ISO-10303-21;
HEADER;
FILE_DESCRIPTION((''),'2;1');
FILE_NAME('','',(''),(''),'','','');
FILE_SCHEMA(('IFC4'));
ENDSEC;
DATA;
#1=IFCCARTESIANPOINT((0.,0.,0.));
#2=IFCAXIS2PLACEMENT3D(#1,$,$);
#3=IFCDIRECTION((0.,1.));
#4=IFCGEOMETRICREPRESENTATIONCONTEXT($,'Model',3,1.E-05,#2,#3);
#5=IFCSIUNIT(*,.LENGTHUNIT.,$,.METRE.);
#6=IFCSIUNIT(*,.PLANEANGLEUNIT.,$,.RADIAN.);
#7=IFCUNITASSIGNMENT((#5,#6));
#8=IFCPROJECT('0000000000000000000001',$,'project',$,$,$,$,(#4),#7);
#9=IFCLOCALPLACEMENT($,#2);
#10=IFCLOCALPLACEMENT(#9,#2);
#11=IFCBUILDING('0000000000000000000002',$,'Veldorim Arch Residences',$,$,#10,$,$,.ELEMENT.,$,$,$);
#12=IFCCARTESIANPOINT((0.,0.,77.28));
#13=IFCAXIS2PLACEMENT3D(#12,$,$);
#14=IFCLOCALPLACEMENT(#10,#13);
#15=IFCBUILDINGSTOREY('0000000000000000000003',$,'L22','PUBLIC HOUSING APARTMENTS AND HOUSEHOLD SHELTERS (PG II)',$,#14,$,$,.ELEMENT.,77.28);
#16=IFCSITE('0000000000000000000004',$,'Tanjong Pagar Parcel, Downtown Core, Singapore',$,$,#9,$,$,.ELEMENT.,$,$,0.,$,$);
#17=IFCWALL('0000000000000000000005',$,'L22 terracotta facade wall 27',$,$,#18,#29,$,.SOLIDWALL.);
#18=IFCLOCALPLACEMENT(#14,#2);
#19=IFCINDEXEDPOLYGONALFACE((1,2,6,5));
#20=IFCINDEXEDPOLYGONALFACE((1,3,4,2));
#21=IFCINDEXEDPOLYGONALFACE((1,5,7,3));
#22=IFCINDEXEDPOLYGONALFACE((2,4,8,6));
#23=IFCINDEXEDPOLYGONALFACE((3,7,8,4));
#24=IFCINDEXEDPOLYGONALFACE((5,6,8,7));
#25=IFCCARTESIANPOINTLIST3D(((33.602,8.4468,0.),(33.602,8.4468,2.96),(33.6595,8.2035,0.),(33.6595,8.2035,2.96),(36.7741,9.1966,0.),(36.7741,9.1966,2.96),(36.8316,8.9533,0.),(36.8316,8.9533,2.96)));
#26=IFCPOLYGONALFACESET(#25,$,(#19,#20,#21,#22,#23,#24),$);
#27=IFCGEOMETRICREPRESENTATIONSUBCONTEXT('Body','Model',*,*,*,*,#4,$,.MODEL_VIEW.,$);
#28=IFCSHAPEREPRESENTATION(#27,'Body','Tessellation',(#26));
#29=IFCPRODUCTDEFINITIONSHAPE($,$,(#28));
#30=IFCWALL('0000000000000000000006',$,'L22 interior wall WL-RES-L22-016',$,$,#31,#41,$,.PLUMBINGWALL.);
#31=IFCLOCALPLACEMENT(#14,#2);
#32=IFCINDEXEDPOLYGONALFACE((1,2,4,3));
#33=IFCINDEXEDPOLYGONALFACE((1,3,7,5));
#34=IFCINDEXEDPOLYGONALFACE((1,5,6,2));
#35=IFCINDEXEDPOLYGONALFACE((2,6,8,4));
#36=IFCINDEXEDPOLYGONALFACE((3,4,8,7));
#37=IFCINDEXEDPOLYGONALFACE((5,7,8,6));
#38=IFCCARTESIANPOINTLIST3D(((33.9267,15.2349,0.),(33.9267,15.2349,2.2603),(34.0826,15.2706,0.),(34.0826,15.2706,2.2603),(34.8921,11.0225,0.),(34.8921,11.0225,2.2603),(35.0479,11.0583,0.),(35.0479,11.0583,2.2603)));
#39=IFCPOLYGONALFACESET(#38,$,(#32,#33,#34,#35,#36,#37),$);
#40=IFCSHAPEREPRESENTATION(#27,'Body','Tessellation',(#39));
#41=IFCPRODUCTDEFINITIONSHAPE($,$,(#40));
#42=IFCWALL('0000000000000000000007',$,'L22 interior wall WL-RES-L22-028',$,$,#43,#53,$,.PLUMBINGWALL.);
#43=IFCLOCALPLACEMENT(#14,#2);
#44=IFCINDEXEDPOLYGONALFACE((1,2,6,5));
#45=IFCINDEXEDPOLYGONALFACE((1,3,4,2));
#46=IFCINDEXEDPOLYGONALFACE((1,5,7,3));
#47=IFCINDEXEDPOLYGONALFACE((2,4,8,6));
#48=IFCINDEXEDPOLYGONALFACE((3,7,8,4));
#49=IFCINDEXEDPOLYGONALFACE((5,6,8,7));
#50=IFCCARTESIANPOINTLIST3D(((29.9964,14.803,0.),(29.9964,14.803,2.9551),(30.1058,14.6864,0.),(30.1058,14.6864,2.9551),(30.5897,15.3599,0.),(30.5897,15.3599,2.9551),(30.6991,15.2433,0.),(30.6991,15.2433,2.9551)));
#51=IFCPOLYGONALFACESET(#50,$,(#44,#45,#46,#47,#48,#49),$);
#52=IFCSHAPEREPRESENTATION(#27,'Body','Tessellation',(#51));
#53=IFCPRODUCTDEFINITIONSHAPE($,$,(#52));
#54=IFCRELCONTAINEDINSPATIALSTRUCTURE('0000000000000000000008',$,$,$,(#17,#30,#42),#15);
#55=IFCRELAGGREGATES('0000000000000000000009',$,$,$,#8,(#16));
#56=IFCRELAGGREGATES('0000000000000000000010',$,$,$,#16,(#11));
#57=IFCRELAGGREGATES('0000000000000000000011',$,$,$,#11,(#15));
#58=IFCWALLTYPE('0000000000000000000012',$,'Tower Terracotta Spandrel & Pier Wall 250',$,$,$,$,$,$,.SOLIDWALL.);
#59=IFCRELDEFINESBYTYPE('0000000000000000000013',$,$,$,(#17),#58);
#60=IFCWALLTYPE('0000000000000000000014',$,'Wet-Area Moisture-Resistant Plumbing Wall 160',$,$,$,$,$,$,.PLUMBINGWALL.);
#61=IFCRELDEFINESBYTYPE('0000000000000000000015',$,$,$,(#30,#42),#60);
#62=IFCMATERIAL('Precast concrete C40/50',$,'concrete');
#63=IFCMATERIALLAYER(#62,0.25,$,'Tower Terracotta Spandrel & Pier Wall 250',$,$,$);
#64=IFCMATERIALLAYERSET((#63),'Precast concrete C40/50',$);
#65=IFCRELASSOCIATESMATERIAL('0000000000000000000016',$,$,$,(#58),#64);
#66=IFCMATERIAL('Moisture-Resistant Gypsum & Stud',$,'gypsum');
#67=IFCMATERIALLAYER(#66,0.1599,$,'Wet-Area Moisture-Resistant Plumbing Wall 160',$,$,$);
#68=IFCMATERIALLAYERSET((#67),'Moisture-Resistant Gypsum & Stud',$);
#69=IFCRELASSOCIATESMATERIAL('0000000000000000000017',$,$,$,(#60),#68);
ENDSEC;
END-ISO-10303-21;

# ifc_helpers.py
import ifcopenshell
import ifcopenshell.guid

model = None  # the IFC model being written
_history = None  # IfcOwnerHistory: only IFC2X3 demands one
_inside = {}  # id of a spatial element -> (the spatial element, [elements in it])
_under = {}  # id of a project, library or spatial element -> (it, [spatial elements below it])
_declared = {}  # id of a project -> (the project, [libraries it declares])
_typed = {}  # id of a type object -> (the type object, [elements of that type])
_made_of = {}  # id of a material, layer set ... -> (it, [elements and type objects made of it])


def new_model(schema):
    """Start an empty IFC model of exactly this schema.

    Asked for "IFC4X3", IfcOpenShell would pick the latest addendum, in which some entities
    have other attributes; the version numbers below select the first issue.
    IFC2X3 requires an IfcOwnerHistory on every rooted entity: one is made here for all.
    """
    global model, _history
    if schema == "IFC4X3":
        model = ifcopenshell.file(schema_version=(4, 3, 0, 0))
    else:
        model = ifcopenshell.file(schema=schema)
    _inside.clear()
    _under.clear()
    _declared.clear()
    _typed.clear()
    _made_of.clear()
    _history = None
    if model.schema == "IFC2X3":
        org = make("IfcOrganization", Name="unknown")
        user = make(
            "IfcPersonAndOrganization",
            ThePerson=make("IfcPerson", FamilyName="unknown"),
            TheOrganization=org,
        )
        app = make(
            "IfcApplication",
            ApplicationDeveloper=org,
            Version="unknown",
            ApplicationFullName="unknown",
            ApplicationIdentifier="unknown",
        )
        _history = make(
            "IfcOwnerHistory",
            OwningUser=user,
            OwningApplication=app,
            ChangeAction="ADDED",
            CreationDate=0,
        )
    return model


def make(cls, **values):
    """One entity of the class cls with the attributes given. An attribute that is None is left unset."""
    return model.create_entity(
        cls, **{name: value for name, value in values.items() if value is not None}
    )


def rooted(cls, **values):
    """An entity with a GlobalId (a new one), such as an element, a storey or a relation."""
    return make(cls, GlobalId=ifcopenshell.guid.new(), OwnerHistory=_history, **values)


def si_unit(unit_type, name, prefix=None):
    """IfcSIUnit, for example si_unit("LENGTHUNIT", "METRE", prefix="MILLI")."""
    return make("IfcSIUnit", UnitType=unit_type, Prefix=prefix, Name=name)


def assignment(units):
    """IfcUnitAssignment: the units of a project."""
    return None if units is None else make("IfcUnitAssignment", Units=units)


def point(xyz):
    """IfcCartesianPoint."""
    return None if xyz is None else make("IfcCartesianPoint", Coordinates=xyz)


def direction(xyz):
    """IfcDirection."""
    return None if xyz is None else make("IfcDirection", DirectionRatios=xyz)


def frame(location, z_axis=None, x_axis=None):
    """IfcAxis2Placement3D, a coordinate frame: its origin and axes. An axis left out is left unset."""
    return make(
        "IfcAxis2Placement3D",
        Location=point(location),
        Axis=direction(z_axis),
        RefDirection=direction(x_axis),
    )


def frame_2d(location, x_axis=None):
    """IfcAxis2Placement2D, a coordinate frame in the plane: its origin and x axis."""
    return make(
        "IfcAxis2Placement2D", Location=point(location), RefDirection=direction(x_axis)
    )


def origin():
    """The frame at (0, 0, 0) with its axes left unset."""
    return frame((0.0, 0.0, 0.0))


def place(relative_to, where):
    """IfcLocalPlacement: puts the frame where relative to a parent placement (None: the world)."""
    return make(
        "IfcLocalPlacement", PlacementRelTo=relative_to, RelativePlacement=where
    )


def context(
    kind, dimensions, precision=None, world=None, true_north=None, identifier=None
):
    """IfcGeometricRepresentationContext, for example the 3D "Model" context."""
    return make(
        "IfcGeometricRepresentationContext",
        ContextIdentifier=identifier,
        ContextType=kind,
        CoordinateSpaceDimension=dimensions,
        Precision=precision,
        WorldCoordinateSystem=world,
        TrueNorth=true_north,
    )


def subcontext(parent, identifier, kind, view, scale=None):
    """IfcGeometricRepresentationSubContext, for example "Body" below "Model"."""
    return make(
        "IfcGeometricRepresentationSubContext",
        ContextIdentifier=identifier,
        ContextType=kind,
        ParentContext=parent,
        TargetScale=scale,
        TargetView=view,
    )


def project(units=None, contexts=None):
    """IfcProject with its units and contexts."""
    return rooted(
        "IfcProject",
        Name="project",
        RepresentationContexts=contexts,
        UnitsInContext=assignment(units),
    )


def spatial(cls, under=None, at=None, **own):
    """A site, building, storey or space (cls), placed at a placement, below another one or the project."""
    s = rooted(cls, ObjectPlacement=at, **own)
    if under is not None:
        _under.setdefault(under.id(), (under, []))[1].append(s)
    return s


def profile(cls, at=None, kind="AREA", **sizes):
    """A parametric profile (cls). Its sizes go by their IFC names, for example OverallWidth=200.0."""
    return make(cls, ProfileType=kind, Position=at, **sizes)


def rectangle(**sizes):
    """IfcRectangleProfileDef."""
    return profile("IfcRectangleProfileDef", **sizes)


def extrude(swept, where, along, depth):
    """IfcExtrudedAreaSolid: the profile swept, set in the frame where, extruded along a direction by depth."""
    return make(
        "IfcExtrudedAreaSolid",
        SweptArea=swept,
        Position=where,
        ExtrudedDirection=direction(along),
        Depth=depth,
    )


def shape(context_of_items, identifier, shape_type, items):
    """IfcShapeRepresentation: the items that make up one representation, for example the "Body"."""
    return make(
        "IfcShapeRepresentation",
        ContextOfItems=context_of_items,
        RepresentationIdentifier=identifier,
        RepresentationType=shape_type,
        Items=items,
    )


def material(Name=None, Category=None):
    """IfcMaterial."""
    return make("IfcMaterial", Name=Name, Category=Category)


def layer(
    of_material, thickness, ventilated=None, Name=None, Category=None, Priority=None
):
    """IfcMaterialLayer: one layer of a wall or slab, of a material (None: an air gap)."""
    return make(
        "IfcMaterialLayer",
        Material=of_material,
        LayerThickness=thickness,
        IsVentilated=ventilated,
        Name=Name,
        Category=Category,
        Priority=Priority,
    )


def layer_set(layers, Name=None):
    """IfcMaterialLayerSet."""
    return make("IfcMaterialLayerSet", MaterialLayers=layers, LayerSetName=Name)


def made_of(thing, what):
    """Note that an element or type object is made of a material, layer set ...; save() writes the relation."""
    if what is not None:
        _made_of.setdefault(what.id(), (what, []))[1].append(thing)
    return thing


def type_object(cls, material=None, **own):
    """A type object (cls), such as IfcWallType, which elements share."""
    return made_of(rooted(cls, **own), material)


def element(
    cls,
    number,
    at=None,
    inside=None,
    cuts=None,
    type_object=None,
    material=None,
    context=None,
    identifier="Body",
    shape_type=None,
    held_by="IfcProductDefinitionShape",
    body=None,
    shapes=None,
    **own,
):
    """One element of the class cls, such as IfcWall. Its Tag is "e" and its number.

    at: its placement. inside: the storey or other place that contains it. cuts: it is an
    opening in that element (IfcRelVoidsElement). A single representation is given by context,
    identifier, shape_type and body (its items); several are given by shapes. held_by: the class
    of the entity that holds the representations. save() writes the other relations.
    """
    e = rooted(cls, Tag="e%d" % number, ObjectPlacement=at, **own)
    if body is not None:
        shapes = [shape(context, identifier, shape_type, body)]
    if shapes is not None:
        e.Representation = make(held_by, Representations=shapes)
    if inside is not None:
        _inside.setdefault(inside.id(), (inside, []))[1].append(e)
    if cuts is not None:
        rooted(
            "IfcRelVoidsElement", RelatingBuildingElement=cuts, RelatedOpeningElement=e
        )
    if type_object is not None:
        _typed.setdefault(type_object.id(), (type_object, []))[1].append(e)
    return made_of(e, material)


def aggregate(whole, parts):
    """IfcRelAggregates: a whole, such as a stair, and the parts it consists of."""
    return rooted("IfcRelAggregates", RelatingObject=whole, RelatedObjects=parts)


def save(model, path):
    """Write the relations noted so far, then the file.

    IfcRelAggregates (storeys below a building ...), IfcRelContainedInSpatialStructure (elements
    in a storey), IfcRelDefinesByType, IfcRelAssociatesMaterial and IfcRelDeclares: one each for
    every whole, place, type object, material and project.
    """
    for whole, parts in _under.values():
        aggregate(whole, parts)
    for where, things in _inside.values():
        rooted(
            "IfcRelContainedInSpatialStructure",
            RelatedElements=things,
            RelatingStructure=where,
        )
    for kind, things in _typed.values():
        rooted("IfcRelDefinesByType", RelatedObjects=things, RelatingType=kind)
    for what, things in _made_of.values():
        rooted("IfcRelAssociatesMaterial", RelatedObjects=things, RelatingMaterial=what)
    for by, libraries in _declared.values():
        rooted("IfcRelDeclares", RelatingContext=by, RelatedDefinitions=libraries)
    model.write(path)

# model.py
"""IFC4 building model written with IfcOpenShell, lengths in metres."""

from ifc_helpers import new_model, si_unit, direction, frame, frame_2d, origin, place, context, subcontext, project, spatial, rectangle, extrude, material, layer, layer_set, type_object, element, save


model = new_model("IFC4")

# Units and contexts
model_context = context("Model", 3, precision=1e-05, world=origin(), true_north=direction((0.0, 1.0)))
body_context = subcontext(model_context, "Body", "Model", "MODEL_VIEW")
ifc_project = project(units=[si_unit("LENGTHUNIT", "METRE"), si_unit("PLANEANGLEUNIT", "RADIAN")], contexts=[model_context])

# Site, building, storey
site_placement = place(None, origin())
site = spatial("IfcSite", under=ifc_project, at=site_placement, Name="Tanjong Pagar Parcel, Downtown Core, Singapore", CompositionType="ELEMENT", RefElevation=0.0)
building_placement = place(site_placement, origin())
building = spatial("IfcBuilding", under=site, at=building_placement, Name="Veldorim Arch Residences", CompositionType="ELEMENT")
storey_placement = place(building_placement, frame((0.0, 0.0, 77.28)))
storey = spatial("IfcBuildingStorey", under=building, at=storey_placement, Name="L22", Description="PUBLIC HOUSING APARTMENTS AND HOUSEHOLD SHELTERS (PG II)", CompositionType="ELEMENT", Elevation=77.28)

# Shared definitions
ifc_material_1 = material(Name="Precast concrete C40/50", Category="concrete")
ifc_layer_1 = layer(ifc_material_1, 0.25, Name="Tower Terracotta Spandrel & Pier Wall 250")
ifc_layer_set_1 = layer_set([ifc_layer_1], Name="Precast concrete C40/50")
wall_type_1 = type_object("IfcWallType", Name="Tower Terracotta Spandrel & Pier Wall 250", PredefinedType="SOLIDWALL", material=ifc_layer_set_1)

# Walls
wall_1_placement = place(storey_placement, frame((36.803, 9.075, 0.0), z_axis=(0.0, 0.0, 1.0), x_axis=(-0.973186, -0.23002, 0.0)))
element("IfcWall", 1, at=wall_1_placement, inside=storey, type_object=wall_type_1, Name="L22 terracotta facade wall 27", PredefinedType="SOLIDWALL", context=body_context, shape_type="SweptSolid", body=[
    extrude(rectangle(XDim=3.2595, YDim=0.25, at=frame_2d((1.6299, 0.0))), origin(), (0.0, 0.0, 1.0), 2.96),
])
ifc_material_2 = material(Name="Moisture-Resistant Gypsum & Stud", Category="gypsum")
ifc_layer_2 = layer(ifc_material_2, 0.1599, Name="Wet-Area Moisture-Resistant Plumbing Wall 160")
ifc_layer_set_2 = layer_set([ifc_layer_2], Name="Moisture-Resistant Gypsum & Stud")
wall_type_2 = type_object("IfcWallType", Name="Wet-Area Moisture-Resistant Plumbing Wall 160", PredefinedType="PLUMBINGWALL", material=ifc_layer_set_2)
wall_2_placement = place(storey_placement, frame((34.97, 11.0405, 0.0), z_axis=(0.0, 0.0, 1.0), x_axis=(-0.223374, 0.974733, 0.0)))
element("IfcWall", 2, at=wall_2_placement, inside=storey, type_object=wall_type_2, Name="L22 interior wall WL-RES-L22-016", PredefinedType="PLUMBINGWALL", context=body_context, shape_type="SweptSolid", body=[
    extrude(rectangle(XDim=4.3215, YDim=0.1599, at=frame_2d((2.1606, 0.0))), origin(), (0.0, 0.0, 1.0), 2.2603),
])
wall_3_placement = place(storey_placement, frame((30.6443, 15.3015, 0.0), z_axis=(0.0, 0.0, 1.0), x_axis=(-0.729107, -0.6844, 0.0)))
element("IfcWall", 3, at=wall_3_placement, inside=storey, type_object=wall_type_2, Name="L22 interior wall WL-RES-L22-028", PredefinedType="PLUMBINGWALL", context=body_context, shape_type="SweptSolid", body=[
    extrude(rectangle(XDim=0.8137, YDim=0.1599, at=frame_2d((0.4067, 0.0))), origin(), (0.0, 0.0, 1.0), 2.9551),
])

save(model, "model.ifc")
